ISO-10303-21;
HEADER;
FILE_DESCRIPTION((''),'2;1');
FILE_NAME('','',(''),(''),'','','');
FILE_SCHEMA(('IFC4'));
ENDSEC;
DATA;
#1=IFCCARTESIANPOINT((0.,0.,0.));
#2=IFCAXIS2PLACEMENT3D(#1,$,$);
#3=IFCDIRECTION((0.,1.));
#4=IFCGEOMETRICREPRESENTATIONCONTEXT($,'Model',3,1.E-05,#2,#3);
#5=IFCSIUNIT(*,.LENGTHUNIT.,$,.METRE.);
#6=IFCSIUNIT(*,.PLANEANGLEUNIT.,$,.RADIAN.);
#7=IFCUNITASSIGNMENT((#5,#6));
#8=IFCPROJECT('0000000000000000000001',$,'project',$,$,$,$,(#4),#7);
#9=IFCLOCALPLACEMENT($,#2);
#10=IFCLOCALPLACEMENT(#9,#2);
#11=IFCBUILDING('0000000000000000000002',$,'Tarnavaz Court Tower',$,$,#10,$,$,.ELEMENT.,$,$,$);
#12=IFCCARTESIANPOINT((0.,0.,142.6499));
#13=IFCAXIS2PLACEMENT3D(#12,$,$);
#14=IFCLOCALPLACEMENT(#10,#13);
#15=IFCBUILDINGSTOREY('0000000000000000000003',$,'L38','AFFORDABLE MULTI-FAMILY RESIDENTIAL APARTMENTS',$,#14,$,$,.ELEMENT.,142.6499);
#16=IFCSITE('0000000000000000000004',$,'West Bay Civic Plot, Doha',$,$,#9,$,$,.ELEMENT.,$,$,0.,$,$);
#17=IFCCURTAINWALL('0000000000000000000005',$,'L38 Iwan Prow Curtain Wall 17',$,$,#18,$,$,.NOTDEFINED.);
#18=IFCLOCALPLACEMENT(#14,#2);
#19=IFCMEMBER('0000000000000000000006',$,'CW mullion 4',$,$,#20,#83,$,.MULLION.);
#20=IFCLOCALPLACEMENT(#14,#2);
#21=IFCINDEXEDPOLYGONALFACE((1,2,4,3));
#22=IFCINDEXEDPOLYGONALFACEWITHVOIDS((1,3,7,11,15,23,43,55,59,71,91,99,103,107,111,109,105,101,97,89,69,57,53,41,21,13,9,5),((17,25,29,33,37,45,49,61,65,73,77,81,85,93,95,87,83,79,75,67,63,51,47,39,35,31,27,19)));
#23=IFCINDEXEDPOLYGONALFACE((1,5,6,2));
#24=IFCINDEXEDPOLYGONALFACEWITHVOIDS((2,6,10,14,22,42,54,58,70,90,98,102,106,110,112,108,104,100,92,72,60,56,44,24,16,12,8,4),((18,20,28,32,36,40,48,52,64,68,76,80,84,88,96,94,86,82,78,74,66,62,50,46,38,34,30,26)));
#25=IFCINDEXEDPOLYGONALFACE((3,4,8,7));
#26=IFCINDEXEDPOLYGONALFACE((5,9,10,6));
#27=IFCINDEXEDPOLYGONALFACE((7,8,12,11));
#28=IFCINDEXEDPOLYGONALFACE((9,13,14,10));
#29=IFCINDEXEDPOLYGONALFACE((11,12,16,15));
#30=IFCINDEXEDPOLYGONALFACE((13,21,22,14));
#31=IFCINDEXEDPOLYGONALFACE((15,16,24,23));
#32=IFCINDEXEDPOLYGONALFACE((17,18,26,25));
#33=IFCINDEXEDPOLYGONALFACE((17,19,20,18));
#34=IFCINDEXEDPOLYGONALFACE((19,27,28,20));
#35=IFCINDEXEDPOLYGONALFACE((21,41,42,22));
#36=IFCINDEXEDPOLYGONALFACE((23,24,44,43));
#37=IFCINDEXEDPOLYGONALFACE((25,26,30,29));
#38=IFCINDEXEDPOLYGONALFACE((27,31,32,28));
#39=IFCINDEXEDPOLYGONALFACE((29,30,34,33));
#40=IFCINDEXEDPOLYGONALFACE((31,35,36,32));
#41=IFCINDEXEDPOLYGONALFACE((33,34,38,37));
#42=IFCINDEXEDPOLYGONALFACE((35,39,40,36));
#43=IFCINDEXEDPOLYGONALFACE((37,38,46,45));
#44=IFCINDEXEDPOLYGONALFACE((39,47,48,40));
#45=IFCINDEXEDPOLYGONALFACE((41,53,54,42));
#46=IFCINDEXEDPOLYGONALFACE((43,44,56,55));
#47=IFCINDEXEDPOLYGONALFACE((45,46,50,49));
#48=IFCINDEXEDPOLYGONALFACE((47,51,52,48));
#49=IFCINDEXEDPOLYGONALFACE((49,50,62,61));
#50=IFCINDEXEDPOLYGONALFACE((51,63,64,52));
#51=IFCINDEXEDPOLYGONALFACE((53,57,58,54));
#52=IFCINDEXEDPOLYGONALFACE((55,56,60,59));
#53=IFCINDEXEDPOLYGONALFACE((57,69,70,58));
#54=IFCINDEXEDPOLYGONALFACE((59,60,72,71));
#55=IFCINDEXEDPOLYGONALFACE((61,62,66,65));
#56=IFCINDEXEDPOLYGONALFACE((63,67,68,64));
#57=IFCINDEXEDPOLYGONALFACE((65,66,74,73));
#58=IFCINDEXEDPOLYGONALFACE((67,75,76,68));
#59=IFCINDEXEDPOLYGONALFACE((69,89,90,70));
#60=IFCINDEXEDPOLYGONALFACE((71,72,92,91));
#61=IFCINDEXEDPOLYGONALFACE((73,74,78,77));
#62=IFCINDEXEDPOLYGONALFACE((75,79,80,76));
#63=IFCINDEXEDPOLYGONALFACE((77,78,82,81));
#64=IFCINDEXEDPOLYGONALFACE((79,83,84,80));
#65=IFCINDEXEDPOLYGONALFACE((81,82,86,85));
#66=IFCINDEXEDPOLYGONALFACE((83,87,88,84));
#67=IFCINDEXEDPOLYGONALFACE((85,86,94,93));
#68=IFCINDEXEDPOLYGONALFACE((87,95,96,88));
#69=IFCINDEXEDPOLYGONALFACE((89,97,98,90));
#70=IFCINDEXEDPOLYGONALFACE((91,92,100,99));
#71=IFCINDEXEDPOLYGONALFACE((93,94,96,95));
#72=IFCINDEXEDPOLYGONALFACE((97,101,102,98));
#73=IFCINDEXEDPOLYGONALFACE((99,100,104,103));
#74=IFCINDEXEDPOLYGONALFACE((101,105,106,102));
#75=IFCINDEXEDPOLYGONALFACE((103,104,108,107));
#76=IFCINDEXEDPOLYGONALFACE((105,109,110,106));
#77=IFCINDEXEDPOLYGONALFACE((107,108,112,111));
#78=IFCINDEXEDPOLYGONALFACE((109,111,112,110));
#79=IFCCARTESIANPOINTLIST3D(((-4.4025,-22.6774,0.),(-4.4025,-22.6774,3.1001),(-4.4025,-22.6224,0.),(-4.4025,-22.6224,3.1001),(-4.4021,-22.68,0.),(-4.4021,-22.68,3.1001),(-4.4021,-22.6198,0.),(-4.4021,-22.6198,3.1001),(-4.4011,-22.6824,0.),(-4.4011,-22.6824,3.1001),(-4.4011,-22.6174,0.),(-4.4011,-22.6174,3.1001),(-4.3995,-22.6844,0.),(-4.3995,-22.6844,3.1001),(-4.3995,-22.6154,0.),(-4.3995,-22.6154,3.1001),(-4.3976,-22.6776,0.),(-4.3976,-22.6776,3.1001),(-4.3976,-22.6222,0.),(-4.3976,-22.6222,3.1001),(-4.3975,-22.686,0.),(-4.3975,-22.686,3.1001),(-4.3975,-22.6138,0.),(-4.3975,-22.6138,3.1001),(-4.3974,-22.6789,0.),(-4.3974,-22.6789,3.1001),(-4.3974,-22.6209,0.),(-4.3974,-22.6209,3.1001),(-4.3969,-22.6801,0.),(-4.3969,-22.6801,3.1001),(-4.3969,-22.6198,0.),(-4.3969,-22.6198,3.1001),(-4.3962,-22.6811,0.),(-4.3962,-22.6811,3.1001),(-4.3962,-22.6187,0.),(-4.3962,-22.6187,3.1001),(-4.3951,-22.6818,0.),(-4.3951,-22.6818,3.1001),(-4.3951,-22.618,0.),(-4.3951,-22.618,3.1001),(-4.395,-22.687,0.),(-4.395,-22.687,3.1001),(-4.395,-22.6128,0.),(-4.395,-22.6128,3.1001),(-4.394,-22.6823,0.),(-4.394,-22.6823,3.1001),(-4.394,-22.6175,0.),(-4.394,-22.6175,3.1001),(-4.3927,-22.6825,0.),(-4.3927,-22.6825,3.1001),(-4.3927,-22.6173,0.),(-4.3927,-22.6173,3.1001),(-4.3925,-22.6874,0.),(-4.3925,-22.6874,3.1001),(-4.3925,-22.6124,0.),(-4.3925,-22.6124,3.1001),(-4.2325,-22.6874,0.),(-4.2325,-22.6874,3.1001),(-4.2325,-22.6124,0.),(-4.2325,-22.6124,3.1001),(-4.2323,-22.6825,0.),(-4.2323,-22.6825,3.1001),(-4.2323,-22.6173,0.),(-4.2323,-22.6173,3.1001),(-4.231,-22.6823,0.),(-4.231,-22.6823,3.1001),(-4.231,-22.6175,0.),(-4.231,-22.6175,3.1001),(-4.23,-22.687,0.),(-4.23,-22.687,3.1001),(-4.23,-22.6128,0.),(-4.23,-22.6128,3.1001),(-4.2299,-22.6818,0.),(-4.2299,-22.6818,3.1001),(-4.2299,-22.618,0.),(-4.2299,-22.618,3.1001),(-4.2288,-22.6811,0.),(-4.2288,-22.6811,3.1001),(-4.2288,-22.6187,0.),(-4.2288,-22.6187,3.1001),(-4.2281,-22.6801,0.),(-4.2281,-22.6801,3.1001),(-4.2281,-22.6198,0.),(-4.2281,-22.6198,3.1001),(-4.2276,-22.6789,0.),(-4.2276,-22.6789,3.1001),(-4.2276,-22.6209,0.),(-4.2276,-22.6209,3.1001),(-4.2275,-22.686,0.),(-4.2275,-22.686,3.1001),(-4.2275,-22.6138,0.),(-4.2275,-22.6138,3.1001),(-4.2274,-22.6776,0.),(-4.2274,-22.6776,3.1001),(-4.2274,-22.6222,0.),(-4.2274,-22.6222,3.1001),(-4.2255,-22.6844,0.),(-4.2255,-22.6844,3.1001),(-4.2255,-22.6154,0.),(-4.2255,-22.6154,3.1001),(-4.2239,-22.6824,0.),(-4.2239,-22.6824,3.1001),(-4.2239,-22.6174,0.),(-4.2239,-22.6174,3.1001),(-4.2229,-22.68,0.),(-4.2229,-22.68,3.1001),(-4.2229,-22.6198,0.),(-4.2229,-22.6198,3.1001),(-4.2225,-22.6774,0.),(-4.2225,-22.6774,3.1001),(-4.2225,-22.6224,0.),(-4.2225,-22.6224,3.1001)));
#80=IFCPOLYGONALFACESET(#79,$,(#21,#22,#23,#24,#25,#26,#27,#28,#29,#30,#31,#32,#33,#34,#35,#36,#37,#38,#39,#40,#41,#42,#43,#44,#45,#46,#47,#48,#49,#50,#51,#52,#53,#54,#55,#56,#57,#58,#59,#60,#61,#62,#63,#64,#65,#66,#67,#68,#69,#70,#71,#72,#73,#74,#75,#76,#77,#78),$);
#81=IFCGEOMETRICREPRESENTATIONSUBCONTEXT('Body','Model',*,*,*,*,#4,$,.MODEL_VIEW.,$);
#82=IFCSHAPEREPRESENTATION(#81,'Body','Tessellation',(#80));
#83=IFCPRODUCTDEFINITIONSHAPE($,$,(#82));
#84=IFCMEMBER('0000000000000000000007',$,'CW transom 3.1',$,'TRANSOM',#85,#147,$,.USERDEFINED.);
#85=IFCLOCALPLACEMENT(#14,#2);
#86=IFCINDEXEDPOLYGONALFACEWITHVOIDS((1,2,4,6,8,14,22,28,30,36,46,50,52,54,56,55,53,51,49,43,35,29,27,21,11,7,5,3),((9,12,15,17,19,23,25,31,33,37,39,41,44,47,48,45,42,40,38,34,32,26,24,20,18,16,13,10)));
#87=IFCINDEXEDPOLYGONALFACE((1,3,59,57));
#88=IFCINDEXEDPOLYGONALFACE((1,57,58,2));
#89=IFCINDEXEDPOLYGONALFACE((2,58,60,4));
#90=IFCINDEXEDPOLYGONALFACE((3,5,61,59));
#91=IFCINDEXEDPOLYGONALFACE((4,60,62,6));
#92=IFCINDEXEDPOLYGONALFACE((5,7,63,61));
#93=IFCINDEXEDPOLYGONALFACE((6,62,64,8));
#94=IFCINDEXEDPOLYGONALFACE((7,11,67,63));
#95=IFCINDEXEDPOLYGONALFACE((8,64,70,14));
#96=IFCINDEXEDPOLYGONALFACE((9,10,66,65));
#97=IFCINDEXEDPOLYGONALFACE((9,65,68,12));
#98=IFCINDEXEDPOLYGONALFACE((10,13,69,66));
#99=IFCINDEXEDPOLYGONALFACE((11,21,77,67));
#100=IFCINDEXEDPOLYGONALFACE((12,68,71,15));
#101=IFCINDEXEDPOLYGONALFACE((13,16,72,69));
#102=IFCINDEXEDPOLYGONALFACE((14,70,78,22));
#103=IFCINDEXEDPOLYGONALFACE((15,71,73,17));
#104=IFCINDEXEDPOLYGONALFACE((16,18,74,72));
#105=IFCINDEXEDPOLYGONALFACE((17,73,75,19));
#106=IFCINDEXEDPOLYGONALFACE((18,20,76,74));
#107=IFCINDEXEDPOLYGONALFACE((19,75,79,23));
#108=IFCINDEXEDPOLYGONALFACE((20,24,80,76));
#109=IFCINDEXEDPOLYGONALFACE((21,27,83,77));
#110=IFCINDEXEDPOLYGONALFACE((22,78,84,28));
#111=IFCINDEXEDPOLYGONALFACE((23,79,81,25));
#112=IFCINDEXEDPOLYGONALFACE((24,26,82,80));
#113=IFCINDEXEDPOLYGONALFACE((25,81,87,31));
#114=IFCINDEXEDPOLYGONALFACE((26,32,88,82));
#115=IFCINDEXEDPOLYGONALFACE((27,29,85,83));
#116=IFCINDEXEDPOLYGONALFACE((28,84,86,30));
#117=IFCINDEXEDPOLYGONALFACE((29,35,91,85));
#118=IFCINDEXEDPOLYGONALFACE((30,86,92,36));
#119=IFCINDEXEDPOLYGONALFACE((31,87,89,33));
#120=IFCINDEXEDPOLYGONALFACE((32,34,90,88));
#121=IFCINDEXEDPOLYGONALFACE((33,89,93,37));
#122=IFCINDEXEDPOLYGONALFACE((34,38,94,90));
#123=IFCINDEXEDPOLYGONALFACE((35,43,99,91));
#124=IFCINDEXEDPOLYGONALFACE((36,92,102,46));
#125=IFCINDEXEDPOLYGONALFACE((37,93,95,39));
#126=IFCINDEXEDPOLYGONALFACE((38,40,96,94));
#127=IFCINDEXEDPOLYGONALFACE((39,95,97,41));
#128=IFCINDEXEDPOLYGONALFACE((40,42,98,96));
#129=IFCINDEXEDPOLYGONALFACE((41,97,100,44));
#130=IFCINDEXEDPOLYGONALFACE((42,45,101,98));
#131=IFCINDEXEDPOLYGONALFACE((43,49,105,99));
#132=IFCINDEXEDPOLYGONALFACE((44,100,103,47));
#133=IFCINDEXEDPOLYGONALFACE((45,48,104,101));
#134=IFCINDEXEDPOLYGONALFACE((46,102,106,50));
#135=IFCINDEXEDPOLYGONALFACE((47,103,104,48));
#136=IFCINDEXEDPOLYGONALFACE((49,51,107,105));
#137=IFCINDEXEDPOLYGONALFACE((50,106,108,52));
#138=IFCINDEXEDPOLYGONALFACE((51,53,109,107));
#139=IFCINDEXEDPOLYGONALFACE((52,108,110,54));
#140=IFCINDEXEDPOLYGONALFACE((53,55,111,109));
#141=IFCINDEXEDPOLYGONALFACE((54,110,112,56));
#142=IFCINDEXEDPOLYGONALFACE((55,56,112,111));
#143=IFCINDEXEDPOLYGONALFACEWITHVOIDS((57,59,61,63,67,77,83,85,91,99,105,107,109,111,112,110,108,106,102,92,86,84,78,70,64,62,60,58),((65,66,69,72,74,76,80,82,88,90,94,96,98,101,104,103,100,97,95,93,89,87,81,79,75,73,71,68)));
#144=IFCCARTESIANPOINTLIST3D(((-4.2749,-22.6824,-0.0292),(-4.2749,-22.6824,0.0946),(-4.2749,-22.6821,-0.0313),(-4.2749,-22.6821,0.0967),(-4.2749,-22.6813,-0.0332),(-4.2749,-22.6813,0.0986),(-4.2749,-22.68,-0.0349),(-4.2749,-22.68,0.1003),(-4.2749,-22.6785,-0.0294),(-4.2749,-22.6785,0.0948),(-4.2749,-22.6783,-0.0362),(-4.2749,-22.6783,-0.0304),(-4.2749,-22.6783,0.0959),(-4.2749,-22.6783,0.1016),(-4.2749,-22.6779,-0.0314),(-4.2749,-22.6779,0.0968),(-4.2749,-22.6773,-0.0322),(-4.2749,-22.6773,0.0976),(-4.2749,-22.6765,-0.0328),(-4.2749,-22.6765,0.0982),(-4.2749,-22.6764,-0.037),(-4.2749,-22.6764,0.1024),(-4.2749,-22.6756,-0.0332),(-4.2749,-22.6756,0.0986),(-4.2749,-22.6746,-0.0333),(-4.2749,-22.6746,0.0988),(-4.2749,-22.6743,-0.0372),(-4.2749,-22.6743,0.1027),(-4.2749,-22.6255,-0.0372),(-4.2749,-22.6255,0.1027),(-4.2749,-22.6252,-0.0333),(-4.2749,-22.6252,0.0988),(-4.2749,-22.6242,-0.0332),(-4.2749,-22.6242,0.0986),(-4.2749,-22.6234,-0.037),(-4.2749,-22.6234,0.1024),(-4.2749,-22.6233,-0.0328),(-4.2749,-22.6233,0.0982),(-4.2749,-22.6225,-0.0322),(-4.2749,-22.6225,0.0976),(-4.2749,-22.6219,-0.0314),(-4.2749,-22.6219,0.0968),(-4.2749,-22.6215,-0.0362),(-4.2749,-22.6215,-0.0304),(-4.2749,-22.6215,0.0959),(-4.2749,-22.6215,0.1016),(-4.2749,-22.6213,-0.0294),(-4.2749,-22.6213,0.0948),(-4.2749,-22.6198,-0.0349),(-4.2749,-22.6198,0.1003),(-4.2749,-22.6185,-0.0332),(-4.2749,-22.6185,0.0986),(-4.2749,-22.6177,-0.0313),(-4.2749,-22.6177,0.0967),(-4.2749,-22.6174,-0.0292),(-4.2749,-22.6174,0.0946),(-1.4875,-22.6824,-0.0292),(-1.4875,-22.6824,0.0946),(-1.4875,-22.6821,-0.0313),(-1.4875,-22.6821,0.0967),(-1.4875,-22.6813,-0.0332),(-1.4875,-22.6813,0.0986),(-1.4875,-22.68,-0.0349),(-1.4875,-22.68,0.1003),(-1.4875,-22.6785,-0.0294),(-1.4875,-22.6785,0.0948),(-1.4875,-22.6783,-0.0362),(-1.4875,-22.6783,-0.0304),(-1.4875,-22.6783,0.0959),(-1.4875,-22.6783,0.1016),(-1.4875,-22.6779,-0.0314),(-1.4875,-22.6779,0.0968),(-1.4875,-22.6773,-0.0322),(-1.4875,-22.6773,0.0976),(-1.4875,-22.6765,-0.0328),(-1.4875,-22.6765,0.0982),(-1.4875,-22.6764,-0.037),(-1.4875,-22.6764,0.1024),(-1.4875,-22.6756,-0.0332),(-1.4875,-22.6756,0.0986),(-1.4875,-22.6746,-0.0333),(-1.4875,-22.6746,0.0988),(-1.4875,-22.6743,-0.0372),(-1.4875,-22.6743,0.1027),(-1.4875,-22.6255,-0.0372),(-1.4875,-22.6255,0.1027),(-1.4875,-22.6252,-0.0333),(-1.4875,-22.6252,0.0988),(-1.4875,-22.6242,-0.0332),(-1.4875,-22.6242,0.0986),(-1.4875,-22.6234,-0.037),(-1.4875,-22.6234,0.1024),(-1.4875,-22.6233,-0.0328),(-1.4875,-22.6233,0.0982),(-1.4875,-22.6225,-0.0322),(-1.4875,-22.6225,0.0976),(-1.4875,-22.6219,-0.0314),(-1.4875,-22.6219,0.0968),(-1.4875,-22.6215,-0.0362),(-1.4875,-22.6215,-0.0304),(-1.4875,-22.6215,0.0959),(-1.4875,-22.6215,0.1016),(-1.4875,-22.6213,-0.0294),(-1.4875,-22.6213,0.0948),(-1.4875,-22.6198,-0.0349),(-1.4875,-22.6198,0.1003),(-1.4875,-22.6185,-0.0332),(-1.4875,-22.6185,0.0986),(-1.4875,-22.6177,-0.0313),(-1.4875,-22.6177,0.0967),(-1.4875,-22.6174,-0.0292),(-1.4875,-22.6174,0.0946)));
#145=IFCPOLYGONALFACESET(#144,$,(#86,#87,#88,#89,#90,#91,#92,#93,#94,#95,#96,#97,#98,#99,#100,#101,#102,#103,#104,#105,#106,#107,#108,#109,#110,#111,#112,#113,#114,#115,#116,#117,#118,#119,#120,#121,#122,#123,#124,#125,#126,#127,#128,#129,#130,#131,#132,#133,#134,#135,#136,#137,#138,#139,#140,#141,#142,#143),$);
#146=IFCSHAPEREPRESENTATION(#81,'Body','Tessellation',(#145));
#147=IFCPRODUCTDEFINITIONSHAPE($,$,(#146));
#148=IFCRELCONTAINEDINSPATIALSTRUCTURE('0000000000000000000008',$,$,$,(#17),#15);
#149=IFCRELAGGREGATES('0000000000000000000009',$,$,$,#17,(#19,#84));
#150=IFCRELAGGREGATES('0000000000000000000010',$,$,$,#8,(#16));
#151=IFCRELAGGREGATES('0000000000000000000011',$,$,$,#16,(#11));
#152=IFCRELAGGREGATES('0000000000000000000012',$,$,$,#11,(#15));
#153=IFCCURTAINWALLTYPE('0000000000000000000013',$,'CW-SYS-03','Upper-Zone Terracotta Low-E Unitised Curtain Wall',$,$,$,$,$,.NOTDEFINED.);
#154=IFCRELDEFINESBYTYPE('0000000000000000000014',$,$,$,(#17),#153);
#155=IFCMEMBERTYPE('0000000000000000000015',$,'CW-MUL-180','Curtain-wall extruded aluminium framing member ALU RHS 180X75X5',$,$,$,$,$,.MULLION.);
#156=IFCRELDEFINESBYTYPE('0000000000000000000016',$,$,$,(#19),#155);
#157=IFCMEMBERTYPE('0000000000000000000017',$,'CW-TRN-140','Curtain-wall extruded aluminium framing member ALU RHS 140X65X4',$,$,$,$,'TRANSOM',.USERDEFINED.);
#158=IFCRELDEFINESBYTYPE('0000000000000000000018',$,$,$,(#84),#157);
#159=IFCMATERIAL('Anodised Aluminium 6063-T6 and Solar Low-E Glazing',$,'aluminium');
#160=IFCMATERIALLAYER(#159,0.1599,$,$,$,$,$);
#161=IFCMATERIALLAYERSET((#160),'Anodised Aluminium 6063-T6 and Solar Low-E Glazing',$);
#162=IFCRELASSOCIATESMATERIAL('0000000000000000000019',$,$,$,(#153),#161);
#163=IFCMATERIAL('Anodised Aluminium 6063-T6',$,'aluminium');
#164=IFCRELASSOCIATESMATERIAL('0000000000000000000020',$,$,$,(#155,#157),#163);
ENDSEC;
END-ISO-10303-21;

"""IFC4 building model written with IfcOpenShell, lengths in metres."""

from ifc_helpers import new_model, si_unit, direction, frame, origin, origin_2d, place, context, subcontext, project, spatial, hollow_rectangle, extrude, material, layer, layer_set, material_profile, profile_set, type_object, element, aggregate, save


model = new_model("IFC4")

# Units and contexts
model_context = context("Model", 3, precision=1e-05, world=origin(), true_north=direction((0.0, 1.0)))
body_context = subcontext(model_context, "Body", "Model", "MODEL_VIEW")
ifc_project = project(units=[si_unit("LENGTHUNIT", "METRE"), si_unit("PLANEANGLEUNIT", "RADIAN")], contexts=[model_context])

# Site, building, storey
site_placement = place(None, origin())
site = spatial("IfcSite", under=ifc_project, at=site_placement, Name="West Bay Civic Plot, Doha", CompositionType="ELEMENT", RefElevation=0.0)
building_placement = place(site_placement, origin())
building = spatial("IfcBuilding", under=site, at=building_placement, Name="Tarnavaz Court Tower", CompositionType="ELEMENT")
storey_placement = place(building_placement, frame((0.0, 0.0, 142.6499)))
storey = spatial("IfcBuildingStorey", under=building, at=storey_placement, Name="L38", Description="AFFORDABLE MULTI-FAMILY RESIDENTIAL APARTMENTS", CompositionType="ELEMENT", Elevation=142.6499)

# Curtain wall, members
ifc_material_1 = material(Name="Anodised Aluminium 6063-T6 and Solar Low-E Glazing", Category="aluminium")
ifc_layer_1 = layer(ifc_material_1, 0.1599)
ifc_layer_set_1 = layer_set([ifc_layer_1], Name="Anodised Aluminium 6063-T6 and Solar Low-E Glazing")
curtain_wall_type = type_object("IfcCurtainWallType", Name="CW-SYS-03", Description="Upper-Zone Terracotta Low-E Unitised Curtain Wall", PredefinedType="NOTDEFINED", material=ifc_layer_set_1)
curtain_wall_placement = place(storey_placement, origin())
curtain_wall = element("IfcCurtainWall", 1, at=curtain_wall_placement, inside=storey, type_object=curtain_wall_type, Name="L38 Iwan Prow Curtain Wall 17", PredefinedType="NOTDEFINED")
ifc_material_2 = material(Name="Anodised Aluminium 6063-T6", Category="aluminium")
ifc_material_profile_1 = material_profile(ifc_material_2, hollow_rectangle(XDim=0.075, YDim=0.1799, WallThickness=0.0049, InnerFilletRadius=0.0049, OuterFilletRadius=0.01, at=origin_2d()), Name="ALU RHS 180X75X5")
ifc_profile_set_1 = profile_set([ifc_material_profile_1], Name="Anodised Aluminium 6063-T6")
member_type_1 = type_object("IfcMemberType", Name="CW-MUL-180", Description="Curtain-wall extruded aluminium framing member ALU RHS 180X75X5", PredefinedType="MULLION", material=ifc_profile_set_1)
member_1_placement = place(storey_placement, frame((-4.3125, -22.6499, 0.0), z_axis=(0.0, 0.0, 1.0), x_axis=(0.0, -1.0, 0.0)))
member_1 = element("IfcMember", 2, at=member_1_placement, type_object=member_type_1, Name="CW mullion 4", PredefinedType="MULLION", context=body_context, shape_type="SweptSolid", body=[
    extrude(hollow_rectangle(XDim=0.075, YDim=0.1799, WallThickness=0.0049, InnerFilletRadius=0.0049, OuterFilletRadius=0.01, at=origin_2d()), origin(), (0.0, 0.0, 1.0), 3.1001),
])
ifc_material_profile_2 = material_profile(ifc_material_2, hollow_rectangle(XDim=0.0649, YDim=0.1399, WallThickness=0.0039, InnerFilletRadius=0.0039, OuterFilletRadius=0.0081, at=origin_2d()), Name="ALU RHS 140X65X4")
ifc_profile_set_2 = profile_set([ifc_material_profile_2], Name="Anodised Aluminium 6063-T6")
member_type_2 = type_object("IfcMemberType", Name="CW-TRN-140", Description="Curtain-wall extruded aluminium framing member ALU RHS 140X65X4", ElementType="TRANSOM", PredefinedType="USERDEFINED", material=ifc_profile_set_2)
member_2_placement = place(storey_placement, frame((-1.4875, -22.6499, 0.0327), z_axis=(-1.0, 0.0, 0.0), x_axis=(0.0, -1.0, 0.0)))
member_2 = element("IfcMember", 3, at=member_2_placement, type_object=member_type_2, Name="CW transom 3.1", ObjectType="TRANSOM", PredefinedType="USERDEFINED", context=body_context, shape_type="SweptSolid", body=[
    extrude(hollow_rectangle(XDim=0.0649, YDim=0.1399, WallThickness=0.0039, InnerFilletRadius=0.0039, OuterFilletRadius=0.0081, at=origin_2d()), origin(), (0.0, 0.0, 1.0), 2.7874),
])
aggregate(curtain_wall, [member_1, member_2])

save(model, "model.ifc")
